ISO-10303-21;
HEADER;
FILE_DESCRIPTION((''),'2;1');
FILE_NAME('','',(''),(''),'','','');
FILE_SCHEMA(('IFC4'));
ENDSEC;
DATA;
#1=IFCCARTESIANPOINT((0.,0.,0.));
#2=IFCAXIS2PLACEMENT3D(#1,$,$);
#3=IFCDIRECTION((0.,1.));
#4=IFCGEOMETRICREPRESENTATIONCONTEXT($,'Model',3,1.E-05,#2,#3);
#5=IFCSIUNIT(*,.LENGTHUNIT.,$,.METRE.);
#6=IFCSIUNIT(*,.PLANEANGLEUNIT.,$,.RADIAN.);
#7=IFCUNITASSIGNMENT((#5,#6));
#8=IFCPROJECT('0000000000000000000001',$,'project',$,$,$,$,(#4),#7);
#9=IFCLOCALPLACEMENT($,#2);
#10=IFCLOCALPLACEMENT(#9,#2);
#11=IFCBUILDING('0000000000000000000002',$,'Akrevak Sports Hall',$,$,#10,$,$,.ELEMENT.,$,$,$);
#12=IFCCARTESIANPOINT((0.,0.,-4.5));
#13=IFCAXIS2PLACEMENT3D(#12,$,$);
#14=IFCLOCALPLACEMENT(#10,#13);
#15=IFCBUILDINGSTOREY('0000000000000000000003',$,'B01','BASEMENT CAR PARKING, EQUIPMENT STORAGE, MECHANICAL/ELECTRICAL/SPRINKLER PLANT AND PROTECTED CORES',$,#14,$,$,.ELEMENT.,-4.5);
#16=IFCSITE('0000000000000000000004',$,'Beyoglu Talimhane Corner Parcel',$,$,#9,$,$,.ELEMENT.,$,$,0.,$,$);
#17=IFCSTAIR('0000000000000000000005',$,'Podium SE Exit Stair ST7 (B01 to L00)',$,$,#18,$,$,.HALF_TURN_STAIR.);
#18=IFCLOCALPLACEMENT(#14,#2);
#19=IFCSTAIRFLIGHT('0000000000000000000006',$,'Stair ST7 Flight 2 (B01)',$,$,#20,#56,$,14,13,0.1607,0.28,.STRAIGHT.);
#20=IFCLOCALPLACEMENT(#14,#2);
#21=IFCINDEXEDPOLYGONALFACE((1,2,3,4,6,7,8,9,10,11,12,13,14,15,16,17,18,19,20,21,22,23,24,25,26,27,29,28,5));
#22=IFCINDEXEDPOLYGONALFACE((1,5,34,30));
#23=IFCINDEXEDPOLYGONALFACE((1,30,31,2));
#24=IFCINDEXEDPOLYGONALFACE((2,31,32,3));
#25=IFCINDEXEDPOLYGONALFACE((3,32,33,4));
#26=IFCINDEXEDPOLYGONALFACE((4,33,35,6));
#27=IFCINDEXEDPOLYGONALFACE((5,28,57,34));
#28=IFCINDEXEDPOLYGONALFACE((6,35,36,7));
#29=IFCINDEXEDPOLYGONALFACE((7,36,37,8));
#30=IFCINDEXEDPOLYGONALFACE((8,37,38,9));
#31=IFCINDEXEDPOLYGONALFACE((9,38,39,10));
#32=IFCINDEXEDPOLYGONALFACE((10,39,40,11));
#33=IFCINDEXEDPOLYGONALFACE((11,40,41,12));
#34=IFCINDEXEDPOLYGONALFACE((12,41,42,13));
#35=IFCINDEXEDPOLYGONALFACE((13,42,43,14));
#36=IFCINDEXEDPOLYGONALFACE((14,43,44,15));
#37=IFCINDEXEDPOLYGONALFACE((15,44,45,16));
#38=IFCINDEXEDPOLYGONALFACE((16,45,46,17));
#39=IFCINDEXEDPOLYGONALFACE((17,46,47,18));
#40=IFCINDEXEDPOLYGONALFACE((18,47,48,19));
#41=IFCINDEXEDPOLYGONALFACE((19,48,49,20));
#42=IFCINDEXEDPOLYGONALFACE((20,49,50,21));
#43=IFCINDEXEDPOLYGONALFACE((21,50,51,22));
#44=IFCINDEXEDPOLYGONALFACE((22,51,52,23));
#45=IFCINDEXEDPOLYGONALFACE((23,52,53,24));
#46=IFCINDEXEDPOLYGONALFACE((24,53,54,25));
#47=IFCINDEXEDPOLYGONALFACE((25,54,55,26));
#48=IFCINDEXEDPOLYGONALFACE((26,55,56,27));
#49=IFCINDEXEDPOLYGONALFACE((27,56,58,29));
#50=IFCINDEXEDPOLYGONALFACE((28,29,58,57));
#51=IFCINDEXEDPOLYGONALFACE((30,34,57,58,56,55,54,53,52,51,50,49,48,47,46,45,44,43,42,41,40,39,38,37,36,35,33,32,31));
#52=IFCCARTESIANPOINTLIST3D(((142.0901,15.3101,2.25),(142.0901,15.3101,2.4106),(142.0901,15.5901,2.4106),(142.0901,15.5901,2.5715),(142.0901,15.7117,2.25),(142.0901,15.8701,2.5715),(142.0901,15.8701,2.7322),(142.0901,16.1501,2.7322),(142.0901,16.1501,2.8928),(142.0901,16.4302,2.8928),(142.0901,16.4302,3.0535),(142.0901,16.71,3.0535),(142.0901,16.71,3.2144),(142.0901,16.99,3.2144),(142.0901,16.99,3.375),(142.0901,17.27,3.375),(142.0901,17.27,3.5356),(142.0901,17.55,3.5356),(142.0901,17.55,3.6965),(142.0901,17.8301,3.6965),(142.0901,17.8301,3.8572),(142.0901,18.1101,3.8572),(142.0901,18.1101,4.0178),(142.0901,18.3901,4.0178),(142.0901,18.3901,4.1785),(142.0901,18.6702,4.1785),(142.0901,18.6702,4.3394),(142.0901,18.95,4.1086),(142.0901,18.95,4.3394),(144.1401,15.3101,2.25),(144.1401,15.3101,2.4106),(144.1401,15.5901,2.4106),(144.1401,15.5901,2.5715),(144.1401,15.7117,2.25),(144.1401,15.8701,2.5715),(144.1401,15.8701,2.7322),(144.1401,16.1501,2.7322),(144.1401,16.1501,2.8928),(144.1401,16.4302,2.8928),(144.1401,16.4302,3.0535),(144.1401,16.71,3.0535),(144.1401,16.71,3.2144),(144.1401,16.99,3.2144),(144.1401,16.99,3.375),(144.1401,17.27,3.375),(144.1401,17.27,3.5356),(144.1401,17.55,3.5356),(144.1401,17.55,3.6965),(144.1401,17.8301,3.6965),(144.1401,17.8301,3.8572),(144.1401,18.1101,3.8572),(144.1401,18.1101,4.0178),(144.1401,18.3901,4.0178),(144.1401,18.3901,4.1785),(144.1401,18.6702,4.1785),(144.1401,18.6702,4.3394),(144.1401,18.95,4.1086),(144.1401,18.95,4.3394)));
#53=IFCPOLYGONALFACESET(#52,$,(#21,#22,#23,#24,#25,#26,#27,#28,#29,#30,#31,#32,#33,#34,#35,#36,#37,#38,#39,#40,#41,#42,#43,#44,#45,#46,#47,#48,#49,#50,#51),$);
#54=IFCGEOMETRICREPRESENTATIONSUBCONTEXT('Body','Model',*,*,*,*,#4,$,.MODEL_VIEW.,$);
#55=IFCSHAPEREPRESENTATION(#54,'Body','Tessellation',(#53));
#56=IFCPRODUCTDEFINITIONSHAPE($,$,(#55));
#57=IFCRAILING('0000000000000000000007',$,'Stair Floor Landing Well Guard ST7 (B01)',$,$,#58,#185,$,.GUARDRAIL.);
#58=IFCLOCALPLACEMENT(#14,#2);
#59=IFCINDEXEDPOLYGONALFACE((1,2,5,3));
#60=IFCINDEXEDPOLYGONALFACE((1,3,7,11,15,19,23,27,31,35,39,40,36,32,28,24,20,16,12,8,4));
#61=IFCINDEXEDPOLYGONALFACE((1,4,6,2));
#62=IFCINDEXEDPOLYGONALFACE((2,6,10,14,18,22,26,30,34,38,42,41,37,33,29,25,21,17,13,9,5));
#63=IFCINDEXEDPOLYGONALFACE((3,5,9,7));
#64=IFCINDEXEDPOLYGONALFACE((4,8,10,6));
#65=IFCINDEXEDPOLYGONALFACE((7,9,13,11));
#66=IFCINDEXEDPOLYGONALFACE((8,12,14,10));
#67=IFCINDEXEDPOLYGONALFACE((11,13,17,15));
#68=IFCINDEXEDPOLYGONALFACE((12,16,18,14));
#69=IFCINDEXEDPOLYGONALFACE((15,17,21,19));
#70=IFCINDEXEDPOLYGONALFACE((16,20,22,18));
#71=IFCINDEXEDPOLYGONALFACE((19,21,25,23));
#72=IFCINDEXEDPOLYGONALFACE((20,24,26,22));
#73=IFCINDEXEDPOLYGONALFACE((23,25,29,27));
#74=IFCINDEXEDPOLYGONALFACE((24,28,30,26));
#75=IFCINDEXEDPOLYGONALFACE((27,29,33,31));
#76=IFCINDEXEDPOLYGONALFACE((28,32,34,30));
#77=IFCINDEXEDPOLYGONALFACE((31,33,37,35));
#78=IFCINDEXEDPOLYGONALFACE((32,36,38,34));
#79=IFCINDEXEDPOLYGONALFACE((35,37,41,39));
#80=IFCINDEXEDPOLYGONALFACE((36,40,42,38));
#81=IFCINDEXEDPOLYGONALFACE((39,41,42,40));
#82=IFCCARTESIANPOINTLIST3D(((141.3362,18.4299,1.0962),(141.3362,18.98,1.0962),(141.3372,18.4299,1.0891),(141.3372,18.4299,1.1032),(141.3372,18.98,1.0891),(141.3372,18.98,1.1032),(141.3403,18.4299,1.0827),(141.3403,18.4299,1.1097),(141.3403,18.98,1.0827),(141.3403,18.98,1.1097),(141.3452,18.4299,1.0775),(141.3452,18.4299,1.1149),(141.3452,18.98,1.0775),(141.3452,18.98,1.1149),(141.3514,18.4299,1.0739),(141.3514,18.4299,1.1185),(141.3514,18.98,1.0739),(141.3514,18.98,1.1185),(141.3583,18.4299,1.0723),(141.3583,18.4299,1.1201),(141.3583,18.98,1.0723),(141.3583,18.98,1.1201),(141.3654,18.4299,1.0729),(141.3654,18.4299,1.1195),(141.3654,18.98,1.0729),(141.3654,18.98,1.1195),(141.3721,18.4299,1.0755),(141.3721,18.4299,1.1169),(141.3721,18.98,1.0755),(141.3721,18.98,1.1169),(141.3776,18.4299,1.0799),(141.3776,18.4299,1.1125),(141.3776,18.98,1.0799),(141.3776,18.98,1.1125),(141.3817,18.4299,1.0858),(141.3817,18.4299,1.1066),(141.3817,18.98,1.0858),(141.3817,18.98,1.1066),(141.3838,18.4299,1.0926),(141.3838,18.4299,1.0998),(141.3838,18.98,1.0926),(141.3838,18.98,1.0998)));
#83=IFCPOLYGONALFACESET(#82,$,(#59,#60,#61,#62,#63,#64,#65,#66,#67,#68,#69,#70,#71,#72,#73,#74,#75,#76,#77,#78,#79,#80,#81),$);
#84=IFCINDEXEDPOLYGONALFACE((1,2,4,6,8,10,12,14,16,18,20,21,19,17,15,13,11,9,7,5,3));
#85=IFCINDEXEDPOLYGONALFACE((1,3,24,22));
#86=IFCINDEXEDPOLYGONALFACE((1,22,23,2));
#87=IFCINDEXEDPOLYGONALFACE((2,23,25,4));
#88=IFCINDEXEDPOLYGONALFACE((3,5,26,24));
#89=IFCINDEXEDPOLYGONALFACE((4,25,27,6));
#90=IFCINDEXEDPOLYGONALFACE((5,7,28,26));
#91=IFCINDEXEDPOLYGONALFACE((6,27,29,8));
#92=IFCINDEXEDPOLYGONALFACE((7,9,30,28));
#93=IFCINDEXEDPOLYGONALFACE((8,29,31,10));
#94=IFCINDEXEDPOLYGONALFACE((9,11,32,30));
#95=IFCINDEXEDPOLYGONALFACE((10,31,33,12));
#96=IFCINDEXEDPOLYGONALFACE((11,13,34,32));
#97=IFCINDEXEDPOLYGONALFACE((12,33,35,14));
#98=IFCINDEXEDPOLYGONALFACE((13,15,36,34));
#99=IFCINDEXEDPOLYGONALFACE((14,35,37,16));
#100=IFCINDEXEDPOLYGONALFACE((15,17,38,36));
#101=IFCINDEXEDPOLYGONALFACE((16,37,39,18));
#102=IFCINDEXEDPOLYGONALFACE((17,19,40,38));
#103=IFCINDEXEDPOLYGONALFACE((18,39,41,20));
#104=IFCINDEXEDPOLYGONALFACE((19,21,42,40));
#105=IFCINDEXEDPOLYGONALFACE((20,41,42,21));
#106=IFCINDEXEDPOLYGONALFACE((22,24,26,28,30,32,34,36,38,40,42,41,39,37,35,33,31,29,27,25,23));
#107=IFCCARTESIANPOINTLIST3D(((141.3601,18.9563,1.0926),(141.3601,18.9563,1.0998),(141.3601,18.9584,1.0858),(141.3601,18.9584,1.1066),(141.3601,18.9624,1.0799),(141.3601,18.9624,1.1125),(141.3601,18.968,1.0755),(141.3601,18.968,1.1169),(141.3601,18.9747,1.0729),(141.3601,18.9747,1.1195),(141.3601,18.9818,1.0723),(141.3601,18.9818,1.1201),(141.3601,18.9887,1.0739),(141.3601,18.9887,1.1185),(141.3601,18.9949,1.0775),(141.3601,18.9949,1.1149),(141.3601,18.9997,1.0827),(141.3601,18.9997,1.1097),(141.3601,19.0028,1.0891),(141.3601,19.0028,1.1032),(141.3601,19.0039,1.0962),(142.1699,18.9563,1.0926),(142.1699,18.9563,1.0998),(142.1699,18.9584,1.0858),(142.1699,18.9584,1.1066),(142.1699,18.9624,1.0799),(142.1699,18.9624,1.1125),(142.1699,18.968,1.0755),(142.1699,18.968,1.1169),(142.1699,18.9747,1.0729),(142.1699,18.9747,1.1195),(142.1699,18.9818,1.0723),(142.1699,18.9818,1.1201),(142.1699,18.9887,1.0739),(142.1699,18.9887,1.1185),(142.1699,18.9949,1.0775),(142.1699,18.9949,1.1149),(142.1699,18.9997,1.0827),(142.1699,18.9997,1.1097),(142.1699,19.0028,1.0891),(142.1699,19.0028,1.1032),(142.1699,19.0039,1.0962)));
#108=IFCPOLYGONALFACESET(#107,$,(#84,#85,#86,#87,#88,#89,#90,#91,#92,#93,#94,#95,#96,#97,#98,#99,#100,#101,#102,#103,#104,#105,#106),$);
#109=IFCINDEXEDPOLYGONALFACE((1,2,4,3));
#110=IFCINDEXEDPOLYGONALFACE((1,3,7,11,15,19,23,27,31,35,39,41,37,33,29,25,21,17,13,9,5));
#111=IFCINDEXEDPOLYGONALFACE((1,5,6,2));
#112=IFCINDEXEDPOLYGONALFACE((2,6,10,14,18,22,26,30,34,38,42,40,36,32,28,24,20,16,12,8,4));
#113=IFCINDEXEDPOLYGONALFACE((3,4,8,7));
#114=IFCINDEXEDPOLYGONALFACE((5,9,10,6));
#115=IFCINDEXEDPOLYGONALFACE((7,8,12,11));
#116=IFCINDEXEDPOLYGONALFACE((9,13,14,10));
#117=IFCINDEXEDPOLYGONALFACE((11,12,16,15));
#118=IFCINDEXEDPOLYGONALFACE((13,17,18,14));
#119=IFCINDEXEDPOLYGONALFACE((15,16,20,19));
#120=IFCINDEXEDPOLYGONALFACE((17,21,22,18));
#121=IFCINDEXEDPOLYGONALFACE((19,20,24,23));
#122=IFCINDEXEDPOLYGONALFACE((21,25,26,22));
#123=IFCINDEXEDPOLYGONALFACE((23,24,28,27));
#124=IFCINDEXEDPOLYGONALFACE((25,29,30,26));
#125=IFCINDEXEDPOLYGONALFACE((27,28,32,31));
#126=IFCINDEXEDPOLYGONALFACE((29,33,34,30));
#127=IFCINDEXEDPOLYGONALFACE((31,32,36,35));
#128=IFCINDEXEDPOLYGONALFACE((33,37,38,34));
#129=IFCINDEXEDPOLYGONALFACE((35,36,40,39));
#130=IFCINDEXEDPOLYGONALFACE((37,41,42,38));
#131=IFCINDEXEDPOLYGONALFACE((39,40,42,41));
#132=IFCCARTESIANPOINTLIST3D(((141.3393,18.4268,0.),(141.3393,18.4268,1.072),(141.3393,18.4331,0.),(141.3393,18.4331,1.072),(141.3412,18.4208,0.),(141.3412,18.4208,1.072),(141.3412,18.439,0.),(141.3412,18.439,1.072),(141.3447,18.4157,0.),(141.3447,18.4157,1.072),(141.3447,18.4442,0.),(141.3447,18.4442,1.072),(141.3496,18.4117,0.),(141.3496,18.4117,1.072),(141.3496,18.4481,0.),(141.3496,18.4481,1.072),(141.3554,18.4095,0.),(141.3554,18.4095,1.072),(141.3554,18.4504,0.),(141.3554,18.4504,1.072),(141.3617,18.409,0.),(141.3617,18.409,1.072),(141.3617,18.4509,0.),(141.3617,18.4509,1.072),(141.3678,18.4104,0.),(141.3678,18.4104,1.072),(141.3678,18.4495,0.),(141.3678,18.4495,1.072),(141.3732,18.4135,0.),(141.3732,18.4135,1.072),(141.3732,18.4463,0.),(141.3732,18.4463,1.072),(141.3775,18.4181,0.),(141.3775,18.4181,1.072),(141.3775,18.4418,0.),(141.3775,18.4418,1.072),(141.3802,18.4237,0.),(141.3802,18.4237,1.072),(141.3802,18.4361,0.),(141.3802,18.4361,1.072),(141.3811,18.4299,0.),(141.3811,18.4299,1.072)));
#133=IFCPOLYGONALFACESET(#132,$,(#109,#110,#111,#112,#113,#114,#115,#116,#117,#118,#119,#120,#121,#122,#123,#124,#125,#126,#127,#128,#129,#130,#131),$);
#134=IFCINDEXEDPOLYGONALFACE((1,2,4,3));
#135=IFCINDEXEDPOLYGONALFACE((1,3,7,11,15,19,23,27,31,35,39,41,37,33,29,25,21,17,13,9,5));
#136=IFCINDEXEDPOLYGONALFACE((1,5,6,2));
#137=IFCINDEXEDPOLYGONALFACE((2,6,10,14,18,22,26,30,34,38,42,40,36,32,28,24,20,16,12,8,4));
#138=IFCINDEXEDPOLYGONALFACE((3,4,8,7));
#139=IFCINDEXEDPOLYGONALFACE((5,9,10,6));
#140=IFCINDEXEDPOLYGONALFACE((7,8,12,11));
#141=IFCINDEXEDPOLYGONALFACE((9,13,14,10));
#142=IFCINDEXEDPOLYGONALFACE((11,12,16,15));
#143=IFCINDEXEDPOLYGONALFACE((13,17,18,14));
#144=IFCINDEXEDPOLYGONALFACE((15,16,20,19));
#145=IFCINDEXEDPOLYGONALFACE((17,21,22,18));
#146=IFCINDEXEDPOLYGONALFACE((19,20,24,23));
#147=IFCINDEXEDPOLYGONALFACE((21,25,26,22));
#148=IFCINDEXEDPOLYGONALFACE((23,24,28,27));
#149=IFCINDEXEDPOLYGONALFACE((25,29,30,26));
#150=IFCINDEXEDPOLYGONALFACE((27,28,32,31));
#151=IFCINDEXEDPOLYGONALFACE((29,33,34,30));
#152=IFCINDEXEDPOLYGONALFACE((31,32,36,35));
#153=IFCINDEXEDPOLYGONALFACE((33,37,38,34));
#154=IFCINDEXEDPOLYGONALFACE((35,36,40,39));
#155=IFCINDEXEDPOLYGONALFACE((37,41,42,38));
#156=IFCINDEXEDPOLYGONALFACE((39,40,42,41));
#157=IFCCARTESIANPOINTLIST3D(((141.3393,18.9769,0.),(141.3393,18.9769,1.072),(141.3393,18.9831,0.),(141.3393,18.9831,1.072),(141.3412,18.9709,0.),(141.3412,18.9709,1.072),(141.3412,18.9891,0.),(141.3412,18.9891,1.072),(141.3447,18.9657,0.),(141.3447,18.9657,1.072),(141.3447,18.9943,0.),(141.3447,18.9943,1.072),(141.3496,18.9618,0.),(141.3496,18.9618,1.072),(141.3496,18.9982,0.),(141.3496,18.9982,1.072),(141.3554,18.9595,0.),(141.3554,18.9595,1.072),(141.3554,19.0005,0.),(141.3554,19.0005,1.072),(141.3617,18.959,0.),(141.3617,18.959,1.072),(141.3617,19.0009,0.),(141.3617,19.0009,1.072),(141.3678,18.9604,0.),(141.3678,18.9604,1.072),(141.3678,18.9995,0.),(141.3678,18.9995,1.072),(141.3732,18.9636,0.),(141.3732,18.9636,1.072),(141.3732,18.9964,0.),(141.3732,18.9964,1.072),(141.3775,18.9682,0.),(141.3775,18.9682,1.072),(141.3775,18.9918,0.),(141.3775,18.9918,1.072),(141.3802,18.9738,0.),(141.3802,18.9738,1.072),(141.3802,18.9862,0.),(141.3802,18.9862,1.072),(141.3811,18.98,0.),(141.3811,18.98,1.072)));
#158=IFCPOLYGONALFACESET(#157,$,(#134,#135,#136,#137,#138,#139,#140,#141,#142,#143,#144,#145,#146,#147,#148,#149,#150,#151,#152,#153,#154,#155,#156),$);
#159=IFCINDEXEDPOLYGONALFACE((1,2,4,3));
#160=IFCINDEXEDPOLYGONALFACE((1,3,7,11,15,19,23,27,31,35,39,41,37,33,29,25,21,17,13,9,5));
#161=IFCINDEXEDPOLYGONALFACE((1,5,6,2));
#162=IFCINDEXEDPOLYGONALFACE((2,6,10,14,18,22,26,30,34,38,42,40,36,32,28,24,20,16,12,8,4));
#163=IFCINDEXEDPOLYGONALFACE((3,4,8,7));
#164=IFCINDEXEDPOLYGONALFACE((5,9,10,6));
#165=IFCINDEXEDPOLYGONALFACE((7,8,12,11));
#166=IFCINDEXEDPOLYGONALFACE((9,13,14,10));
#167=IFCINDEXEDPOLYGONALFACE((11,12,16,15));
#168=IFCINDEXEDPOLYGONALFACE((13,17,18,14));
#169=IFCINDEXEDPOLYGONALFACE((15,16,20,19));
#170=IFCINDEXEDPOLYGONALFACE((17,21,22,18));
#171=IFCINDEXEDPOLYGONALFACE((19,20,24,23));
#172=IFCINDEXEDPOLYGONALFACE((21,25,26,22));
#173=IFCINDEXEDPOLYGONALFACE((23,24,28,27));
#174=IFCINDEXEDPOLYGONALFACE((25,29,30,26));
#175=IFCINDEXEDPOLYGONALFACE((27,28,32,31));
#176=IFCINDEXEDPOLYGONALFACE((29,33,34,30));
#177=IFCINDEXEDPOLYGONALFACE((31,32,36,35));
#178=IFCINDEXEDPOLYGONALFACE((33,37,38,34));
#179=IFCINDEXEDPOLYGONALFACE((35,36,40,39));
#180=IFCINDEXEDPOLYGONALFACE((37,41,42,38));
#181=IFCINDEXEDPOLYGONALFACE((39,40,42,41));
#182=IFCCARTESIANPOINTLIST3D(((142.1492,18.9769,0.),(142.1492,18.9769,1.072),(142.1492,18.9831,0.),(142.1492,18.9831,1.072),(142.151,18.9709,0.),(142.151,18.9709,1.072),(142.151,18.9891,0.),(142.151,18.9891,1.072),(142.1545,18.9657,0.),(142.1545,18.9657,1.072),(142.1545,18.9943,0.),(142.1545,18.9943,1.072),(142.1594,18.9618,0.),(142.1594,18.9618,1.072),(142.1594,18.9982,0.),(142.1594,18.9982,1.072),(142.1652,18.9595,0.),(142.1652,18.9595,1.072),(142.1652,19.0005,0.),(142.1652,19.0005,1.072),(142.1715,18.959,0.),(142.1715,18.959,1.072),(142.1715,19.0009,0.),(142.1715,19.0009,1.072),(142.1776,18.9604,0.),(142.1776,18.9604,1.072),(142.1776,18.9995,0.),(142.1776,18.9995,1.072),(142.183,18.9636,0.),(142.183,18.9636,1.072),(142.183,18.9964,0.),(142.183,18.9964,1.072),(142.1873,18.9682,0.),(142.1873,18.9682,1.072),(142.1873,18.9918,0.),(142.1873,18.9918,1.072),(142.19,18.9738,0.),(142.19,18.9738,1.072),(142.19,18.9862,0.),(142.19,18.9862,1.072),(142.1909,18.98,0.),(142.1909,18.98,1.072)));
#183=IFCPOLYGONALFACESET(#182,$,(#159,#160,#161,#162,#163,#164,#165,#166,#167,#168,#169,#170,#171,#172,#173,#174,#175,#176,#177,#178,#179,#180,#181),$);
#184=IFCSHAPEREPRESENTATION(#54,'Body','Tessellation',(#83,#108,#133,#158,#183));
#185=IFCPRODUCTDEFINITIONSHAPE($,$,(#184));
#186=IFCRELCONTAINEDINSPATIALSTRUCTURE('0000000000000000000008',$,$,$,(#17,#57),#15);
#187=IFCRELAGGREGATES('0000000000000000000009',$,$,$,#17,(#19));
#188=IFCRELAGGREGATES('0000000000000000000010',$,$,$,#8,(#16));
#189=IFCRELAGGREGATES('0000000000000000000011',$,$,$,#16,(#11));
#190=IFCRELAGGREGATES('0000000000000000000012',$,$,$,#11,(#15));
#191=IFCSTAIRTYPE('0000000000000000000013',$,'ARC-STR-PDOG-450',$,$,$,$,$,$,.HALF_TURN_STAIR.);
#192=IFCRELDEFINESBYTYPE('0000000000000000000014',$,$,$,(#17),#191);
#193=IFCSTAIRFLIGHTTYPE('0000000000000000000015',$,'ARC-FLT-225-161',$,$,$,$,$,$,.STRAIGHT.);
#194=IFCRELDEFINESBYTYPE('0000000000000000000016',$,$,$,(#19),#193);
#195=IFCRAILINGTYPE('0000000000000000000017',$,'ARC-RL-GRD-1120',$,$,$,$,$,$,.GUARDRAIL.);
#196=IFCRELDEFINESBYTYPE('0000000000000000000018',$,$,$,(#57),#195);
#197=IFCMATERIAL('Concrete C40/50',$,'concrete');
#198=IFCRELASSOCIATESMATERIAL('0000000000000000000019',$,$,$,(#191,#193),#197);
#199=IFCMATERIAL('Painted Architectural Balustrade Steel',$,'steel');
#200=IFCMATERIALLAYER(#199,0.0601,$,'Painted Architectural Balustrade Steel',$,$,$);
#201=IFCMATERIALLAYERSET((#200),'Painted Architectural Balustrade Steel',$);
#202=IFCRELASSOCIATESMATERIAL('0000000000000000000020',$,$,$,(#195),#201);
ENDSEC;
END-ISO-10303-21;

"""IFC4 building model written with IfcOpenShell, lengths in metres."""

from ifc_helpers import new_model, si_unit, direction, frame, origin, origin_2d, place, context, subcontext, project, spatial, polyline, circle, outline, extrude, material, layer, layer_set, type_object, element, aggregate, save


model = new_model("IFC4")

# Units and contexts
model_context = context("Model", 3, precision=1e-05, world=origin(), true_north=direction((0.0, 1.0)))
body_context = subcontext(model_context, "Body", "Model", "MODEL_VIEW")
ifc_project = project(units=[si_unit("LENGTHUNIT", "METRE"), si_unit("PLANEANGLEUNIT", "RADIAN")], contexts=[model_context])

# Site, building, storey
site_placement = place(None, origin())
site = spatial("IfcSite", under=ifc_project, at=site_placement, Name="Beyoglu Talimhane Corner Parcel", CompositionType="ELEMENT", RefElevation=0.0)
building_placement = place(site_placement, origin())
building = spatial("IfcBuilding", under=site, at=building_placement, Name="Akrevak Sports Hall", CompositionType="ELEMENT")
storey_placement = place(building_placement, frame((0.0, 0.0, -4.5)))
storey = spatial("IfcBuildingStorey", under=building, at=storey_placement, Name="B01", Description="BASEMENT CAR PARKING, EQUIPMENT STORAGE, MECHANICAL/ELECTRICAL/SPRINKLER PLANT AND PROTECTED CORES", CompositionType="ELEMENT", Elevation=-4.5)

# Shared definitions
ifc_material_1 = material(Name="Concrete C40/50", Category="concrete")

# Stair, stair flight
stair_type = type_object("IfcStairType", Name="ARC-STR-PDOG-450", PredefinedType="HALF_TURN_STAIR", material=ifc_material_1)
stair_placement = place(storey_placement, origin())
stair = element("IfcStair", 1, at=stair_placement, inside=storey, type_object=stair_type, Name="Podium SE Exit Stair ST7 (B01 to L00)", PredefinedType="HALF_TURN_STAIR")
stair_flight_type = type_object("IfcStairFlightType", Name="ARC-FLT-225-161", PredefinedType="STRAIGHT", material=ifc_material_1)
stair_flight_placement = place(storey_placement, frame((143.115, 15.3101, 2.25), z_axis=(0.0, 0.0, 1.0), x_axis=(0.0, 1.0, 0.0)))
stair_flight = element("IfcStairFlight", 2, at=stair_flight_placement, type_object=stair_flight_type, Name="Stair ST7 Flight 2 (B01)", NumberOfRisers=14, NumberOfTreads=13, PredefinedType="STRAIGHT", RiserHeight=0.1607, TreadLength=0.28, context=body_context, shape_type="SweptSolid", body=[
    extrude(outline(polyline([(0.0, 0.0), (0.0, 0.1606), (0.28, 0.1606), (0.28, 0.3215), (0.5601, 0.3215), (0.5601, 0.4822), (0.8401, 0.4822), (0.8401, 0.6428), (1.1201, 0.6428), (1.1201, 0.8035), (1.3999, 0.8035), (1.3999, 0.9644), (1.6799, 0.9644), (1.6799, 1.125), (1.96, 1.125), (1.96, 1.2856), (2.24, 1.2856), (2.24, 1.4465), (2.52, 1.4465), (2.52, 1.6072), (2.8, 1.6072), (2.8, 1.7678), (3.0801, 1.7678), (3.0801, 1.9285), (3.3601, 1.9285), (3.3601, 2.0894), (3.6399, 2.0894), (3.6399, 2.25), (3.6399, 1.8586), (0.4016, 0.0), (0.0, 0.0)])), frame((0.0, 1.0249, 0.0), z_axis=(0.0, -1.0, 0.0), x_axis=(1.0, 0.0, 0.0)), (0.0, 0.0, 1.0), 2.05),
])
aggregate(stair, [stair_flight])

# Railing
ifc_material_2 = material(Name="Painted Architectural Balustrade Steel", Category="steel")
ifc_layer_1 = layer(ifc_material_2, 0.0601, Name="Painted Architectural Balustrade Steel")
ifc_layer_set_1 = layer_set([ifc_layer_1], Name="Painted Architectural Balustrade Steel")
railing_type_1 = type_object("IfcRailingType", Name="ARC-RL-GRD-1120", PredefinedType="GUARDRAIL", material=ifc_layer_set_1)
railing_1_placement = place(storey_placement, frame((141.3601, 18.4299, 0.0)))
element("IfcRailing", 3, at=railing_1_placement, inside=storey, type_object=railing_type_1, Name="Stair Floor Landing Well Guard ST7 (B01)", PredefinedType="GUARDRAIL", context=body_context, shape_type="SweptSolid", body=[
    extrude(circle(Radius=0.0239, at=origin_2d()), frame((0.0, 0.0, 1.0962), z_axis=(0.0, 1.0, 0.0), x_axis=(-1.0, 0.0, 0.0)), (0.0, 0.0, 1.0), 0.55),
    extrude(circle(Radius=0.0239, at=origin_2d()), frame((0.0, 0.55, 1.0962), z_axis=(1.0, 0.0, 0.0), x_axis=(0.0, 1.0, 0.0)), (0.0, 0.0, 1.0), 0.8098),
    extrude(circle(Radius=0.021, at=origin_2d()), origin(), (0.0, 0.0, 1.0), 1.072),
    extrude(circle(Radius=0.021, at=origin_2d()), frame((0.0, 0.55, 0.0)), (0.0, 0.0, 1.0), 1.072),
    extrude(circle(Radius=0.021, at=origin_2d()), frame((0.8098, 0.55, 0.0)), (0.0, 0.0, 1.0), 1.072),
])

save(model, "model.ifc")
